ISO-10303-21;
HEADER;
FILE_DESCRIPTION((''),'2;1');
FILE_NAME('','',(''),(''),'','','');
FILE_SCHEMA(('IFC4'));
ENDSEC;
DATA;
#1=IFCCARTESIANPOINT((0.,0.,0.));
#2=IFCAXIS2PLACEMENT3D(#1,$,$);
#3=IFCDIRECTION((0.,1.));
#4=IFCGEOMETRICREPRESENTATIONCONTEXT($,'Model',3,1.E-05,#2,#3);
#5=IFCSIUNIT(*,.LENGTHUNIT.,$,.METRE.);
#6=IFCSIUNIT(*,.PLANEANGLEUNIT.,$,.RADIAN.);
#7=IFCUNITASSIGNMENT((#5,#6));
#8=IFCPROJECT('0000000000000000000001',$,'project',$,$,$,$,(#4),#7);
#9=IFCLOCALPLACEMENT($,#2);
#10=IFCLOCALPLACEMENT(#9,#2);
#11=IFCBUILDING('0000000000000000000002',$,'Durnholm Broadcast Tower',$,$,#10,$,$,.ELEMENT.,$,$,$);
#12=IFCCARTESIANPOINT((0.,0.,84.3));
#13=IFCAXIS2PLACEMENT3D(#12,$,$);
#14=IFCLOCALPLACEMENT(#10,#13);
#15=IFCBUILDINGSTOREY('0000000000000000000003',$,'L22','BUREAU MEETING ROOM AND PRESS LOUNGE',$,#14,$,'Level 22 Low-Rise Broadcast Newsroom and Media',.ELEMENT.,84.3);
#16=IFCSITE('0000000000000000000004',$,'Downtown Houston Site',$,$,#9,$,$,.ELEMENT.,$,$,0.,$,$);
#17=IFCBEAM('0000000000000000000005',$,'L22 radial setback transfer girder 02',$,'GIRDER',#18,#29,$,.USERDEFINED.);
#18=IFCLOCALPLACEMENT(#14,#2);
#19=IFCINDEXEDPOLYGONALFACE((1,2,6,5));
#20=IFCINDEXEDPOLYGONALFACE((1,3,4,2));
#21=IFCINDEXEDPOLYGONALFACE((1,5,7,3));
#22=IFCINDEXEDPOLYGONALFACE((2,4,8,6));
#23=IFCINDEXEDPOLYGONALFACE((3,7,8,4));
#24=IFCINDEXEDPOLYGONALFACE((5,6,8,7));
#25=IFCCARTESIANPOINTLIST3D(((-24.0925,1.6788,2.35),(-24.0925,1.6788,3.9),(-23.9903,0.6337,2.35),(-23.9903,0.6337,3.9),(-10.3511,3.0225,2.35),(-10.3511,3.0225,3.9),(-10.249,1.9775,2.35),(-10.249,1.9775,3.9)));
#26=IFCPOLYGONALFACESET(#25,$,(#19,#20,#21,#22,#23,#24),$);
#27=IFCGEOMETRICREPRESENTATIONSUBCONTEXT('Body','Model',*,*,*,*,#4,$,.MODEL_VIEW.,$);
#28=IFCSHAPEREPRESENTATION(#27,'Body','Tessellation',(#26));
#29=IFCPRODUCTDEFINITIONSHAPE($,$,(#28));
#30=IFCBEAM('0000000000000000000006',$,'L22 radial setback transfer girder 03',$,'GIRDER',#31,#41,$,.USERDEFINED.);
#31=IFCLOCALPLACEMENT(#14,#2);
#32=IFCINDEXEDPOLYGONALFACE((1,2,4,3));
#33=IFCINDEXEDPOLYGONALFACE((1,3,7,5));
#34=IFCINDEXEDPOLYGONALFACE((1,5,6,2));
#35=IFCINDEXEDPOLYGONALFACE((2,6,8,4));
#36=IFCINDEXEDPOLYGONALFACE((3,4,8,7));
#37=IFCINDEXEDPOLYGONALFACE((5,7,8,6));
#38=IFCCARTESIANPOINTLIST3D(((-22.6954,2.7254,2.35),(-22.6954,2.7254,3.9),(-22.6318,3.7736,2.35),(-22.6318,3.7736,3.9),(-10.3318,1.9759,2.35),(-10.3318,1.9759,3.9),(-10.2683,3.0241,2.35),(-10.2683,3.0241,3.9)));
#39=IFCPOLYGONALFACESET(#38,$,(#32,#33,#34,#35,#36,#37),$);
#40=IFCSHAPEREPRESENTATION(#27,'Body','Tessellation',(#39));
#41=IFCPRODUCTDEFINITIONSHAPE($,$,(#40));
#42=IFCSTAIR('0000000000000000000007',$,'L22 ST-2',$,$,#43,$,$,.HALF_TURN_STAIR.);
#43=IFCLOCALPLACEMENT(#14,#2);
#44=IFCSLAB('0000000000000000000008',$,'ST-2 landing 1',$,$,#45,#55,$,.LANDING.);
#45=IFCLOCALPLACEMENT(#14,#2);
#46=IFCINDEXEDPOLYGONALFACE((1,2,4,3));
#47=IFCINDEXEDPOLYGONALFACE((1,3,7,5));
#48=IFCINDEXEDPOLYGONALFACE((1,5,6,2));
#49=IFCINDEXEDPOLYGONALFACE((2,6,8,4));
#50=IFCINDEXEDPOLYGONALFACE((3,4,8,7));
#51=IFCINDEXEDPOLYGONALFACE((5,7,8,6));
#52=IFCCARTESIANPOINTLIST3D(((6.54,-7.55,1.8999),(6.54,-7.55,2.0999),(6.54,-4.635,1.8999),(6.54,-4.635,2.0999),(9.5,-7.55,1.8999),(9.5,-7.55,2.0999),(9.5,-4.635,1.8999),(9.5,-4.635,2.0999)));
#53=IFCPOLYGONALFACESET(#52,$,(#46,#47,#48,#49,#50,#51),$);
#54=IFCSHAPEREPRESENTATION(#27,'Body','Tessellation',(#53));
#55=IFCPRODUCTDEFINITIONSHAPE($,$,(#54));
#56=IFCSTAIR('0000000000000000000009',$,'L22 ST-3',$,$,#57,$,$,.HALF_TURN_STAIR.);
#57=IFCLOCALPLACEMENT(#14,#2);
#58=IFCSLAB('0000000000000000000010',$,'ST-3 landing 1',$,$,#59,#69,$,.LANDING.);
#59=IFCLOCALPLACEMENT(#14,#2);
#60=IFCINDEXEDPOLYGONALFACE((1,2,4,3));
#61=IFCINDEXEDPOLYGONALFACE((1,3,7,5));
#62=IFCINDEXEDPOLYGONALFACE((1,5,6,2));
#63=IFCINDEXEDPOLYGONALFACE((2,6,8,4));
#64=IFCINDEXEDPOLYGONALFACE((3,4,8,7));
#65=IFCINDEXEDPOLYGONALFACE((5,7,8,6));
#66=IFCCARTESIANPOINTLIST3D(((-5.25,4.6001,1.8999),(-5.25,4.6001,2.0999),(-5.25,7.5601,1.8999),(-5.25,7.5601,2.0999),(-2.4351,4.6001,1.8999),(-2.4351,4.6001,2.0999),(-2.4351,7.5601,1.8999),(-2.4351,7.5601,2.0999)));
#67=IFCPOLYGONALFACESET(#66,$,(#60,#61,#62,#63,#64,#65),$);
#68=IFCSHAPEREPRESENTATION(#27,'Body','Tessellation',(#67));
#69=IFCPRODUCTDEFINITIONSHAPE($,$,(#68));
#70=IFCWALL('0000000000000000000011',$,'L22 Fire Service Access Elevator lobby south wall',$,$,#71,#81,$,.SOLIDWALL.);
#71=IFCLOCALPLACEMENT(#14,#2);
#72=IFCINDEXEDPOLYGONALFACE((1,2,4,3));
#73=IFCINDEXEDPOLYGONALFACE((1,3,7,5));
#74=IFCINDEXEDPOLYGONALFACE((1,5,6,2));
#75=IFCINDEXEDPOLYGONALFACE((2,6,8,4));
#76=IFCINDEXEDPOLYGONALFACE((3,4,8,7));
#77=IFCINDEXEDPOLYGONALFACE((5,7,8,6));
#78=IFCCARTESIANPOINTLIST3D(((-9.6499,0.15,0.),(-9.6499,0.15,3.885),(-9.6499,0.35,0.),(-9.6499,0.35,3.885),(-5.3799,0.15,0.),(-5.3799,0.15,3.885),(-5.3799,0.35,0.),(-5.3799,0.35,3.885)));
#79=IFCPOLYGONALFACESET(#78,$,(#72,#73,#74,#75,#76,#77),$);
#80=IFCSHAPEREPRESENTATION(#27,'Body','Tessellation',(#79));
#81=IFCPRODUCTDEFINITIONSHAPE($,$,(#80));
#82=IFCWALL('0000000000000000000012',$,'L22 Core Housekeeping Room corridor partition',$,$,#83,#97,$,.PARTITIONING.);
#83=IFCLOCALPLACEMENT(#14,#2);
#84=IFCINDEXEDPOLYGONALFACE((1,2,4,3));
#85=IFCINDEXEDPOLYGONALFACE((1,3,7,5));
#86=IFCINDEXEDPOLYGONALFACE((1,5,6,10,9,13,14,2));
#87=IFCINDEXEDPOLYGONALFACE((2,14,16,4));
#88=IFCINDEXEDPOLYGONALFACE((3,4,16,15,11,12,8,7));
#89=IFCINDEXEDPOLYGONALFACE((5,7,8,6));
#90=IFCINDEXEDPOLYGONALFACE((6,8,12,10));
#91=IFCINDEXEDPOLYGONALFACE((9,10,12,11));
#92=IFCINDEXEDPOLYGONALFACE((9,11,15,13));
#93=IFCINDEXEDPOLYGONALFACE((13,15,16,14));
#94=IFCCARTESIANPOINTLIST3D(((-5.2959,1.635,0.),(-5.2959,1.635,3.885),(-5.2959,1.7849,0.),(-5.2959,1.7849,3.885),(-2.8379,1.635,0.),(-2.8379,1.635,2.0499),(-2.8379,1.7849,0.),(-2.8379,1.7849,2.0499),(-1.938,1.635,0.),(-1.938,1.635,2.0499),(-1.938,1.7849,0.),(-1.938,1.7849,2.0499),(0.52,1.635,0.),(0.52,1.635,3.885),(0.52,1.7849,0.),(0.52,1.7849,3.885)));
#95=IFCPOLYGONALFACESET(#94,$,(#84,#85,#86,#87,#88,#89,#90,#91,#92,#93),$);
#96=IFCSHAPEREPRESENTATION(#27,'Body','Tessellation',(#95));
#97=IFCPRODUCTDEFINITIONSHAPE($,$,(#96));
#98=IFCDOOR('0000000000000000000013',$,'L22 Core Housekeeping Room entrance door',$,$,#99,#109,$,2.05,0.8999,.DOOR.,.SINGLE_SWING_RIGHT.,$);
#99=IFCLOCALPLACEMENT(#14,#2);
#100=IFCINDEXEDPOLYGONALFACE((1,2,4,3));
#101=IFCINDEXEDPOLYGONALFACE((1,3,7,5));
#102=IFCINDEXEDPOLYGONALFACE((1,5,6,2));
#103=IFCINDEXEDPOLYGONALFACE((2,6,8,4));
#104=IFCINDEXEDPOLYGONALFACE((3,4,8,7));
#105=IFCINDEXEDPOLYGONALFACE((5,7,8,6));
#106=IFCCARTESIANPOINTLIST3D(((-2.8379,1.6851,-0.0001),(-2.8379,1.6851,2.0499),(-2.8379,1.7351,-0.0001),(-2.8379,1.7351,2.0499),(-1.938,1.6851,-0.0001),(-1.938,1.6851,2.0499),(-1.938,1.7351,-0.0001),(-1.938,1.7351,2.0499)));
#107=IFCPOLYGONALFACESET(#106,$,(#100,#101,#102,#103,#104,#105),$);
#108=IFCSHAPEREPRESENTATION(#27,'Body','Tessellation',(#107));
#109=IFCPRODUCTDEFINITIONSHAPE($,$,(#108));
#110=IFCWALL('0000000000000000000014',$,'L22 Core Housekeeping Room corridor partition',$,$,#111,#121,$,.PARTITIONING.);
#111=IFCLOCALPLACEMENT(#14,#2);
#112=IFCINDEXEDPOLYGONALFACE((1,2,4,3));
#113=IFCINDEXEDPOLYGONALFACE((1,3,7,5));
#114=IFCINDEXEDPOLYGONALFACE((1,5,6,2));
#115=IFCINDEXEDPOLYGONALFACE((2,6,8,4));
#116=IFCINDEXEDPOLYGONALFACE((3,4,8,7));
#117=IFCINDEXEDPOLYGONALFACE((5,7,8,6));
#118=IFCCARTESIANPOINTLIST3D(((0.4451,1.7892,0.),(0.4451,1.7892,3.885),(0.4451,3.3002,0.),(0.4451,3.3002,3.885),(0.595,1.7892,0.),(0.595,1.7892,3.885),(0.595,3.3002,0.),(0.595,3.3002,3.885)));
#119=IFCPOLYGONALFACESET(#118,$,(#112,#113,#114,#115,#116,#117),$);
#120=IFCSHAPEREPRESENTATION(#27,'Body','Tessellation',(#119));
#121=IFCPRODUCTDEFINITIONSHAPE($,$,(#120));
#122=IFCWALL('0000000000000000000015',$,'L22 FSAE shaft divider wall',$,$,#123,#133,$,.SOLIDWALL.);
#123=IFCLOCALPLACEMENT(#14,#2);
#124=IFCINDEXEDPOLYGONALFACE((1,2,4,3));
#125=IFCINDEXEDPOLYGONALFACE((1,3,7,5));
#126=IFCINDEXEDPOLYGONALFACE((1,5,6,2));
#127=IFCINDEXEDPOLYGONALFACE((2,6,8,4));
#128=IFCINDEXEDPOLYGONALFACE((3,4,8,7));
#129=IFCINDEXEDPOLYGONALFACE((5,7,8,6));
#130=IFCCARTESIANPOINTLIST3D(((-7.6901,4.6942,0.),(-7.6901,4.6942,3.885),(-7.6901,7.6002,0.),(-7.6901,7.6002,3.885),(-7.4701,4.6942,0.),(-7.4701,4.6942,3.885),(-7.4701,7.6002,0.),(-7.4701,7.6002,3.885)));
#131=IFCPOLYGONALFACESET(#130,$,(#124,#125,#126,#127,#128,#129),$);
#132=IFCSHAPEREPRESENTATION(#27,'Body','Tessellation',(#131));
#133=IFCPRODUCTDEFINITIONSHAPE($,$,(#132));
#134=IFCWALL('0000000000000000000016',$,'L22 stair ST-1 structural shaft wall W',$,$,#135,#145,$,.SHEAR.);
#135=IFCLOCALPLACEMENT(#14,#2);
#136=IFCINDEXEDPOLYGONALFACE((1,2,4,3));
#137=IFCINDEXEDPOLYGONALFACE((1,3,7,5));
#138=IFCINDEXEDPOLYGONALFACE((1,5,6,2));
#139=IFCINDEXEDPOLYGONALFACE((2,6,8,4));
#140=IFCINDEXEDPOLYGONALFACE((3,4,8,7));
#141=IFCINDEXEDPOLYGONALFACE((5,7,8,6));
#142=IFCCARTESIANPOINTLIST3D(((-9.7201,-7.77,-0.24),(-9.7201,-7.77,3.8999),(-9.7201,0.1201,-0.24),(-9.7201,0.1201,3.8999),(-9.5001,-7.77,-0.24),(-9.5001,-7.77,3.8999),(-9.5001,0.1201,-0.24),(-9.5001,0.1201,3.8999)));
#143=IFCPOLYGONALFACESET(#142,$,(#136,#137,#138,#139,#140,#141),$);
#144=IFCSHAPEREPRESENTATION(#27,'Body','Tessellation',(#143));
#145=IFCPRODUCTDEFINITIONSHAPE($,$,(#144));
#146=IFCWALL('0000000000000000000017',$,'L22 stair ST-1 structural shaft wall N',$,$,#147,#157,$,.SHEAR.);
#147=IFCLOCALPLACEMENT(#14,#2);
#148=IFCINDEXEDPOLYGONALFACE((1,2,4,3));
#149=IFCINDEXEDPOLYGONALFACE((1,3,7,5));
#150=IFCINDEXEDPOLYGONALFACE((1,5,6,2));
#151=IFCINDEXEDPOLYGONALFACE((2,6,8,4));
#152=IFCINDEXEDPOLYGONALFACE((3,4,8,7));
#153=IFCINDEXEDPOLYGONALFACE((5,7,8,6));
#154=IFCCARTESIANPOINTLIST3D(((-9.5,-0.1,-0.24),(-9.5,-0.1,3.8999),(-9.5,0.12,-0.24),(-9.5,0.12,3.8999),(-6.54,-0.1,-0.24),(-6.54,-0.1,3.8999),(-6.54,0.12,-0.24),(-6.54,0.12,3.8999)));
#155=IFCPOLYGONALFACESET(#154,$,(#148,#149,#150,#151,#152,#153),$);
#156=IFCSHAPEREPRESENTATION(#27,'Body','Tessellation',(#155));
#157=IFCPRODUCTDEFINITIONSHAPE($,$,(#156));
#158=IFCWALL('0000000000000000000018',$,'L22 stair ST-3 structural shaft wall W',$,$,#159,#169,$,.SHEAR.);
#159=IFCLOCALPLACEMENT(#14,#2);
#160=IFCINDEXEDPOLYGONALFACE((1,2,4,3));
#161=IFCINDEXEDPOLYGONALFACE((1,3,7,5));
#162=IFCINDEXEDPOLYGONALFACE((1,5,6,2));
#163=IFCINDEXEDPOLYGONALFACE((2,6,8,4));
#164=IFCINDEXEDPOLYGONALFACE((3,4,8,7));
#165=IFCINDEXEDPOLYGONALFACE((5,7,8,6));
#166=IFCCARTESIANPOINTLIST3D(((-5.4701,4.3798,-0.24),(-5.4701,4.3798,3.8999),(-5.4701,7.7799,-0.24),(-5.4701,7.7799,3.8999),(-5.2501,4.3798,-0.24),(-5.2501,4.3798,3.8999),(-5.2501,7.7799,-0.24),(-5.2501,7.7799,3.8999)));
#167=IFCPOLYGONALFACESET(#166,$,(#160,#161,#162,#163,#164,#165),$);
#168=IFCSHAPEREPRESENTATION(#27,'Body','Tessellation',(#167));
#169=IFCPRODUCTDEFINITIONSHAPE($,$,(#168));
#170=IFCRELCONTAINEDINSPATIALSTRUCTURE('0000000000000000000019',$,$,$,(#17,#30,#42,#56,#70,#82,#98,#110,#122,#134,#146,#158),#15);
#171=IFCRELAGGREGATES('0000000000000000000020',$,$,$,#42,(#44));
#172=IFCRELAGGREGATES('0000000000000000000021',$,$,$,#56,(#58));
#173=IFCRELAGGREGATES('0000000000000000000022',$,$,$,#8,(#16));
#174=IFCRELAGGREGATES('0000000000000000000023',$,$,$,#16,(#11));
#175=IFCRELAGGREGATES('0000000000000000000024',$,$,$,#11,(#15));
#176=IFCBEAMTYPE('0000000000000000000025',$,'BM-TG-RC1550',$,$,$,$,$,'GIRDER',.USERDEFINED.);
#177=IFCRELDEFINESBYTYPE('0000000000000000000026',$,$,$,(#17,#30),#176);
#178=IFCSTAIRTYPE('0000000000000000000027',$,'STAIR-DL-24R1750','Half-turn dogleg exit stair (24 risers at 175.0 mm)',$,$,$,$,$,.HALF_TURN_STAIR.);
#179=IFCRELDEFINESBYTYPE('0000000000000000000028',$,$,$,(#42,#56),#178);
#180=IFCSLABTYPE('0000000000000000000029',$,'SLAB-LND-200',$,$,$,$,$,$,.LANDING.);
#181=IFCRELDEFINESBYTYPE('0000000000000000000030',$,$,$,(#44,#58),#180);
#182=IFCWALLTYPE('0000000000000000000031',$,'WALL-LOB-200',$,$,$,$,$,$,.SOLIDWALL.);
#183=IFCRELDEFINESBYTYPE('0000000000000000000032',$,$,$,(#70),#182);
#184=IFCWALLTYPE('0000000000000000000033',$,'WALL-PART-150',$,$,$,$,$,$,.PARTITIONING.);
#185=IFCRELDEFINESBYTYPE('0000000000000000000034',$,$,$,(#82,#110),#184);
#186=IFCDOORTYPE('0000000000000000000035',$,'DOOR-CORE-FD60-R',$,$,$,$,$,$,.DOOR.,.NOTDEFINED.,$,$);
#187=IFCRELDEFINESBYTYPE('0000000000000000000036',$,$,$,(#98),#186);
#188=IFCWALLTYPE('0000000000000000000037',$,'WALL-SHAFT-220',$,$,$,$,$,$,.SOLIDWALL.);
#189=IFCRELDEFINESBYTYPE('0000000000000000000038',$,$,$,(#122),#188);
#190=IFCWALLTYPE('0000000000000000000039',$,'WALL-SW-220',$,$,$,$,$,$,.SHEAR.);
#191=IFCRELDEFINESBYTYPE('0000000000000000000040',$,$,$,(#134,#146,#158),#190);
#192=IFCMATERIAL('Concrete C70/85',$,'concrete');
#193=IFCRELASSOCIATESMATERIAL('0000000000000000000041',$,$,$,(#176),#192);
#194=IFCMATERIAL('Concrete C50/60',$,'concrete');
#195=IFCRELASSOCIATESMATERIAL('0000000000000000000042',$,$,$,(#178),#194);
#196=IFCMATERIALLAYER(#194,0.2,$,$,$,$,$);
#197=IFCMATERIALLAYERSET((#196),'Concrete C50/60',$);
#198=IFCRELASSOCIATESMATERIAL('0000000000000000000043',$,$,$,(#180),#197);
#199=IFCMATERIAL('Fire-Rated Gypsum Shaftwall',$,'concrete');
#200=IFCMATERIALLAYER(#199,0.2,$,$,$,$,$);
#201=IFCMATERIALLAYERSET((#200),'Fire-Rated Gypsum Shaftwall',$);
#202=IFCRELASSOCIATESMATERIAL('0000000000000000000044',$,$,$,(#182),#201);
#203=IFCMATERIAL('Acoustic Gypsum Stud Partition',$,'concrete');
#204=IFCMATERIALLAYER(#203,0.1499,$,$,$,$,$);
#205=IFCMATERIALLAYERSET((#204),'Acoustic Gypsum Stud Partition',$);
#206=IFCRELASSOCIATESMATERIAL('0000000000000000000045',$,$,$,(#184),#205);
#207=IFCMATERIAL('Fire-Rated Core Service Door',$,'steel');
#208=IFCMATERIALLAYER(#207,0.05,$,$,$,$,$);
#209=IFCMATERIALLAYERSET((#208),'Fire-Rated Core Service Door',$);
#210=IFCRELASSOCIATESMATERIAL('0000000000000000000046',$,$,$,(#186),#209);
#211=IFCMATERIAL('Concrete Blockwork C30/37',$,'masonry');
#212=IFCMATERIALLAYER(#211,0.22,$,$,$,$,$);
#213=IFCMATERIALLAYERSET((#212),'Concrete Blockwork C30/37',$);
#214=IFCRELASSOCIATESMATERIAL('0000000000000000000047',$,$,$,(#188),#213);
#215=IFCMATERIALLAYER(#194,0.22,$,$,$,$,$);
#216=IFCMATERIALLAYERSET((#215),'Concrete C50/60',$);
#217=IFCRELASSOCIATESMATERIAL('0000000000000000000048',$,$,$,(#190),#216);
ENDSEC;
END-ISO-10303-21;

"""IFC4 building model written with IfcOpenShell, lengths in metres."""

from ifc_helpers import new_model, si_unit, direction, frame, frame_2d, origin, origin_2d, place, context, subcontext, project, spatial, polyline, rectangle, outline, extrude, source, transform, mapped, material, layer, layer_set, material_profile, profile_set, type_object, type_shapes, element, fill, aggregate, save


model = new_model("IFC4")

# Units and contexts
model_context = context("Model", 3, precision=1e-05, world=origin(), true_north=direction((0.0, 1.0)))
body_context = subcontext(model_context, "Body", "Model", "MODEL_VIEW")
ifc_project = project(units=[si_unit("LENGTHUNIT", "METRE"), si_unit("PLANEANGLEUNIT", "RADIAN")], contexts=[model_context])

# Site, building, storey
site_placement = place(None, origin())
site = spatial("IfcSite", under=ifc_project, at=site_placement, Name="Downtown Houston Site", CompositionType="ELEMENT", RefElevation=0.0)
building_placement = place(site_placement, origin())
building = spatial("IfcBuilding", under=site, at=building_placement, Name="Durnholm Broadcast Tower", CompositionType="ELEMENT")
storey_placement = place(building_placement, frame((0.0, 0.0, 84.3)))
storey = spatial("IfcBuildingStorey", under=building, at=storey_placement, Name="L22", Description="BUREAU MEETING ROOM AND PRESS LOUNGE", LongName="Level 22 Low-Rise Broadcast Newsroom and Media", CompositionType="ELEMENT", Elevation=84.3)

# Beams
ifc_material_1 = material(Name="Concrete C70/85", Category="concrete")
ifc_material_profile = material_profile(ifc_material_1, rectangle(XDim=1.05, YDim=1.55, at=origin_2d()), Name="RC1050X1550")
ifc_profile_set = profile_set([ifc_material_profile], Name="Concrete C70/85")
beam_type = type_object("IfcBeamType", Name="BM-TG-RC1550", ElementType="GIRDER", PredefinedType="USERDEFINED", material=ifc_profile_set)
shared_shape_1 = source(origin(), body_context, "Body", "SweptSolid", [
    extrude(rectangle(XDim=1.05, YDim=1.55, at=origin_2d()), origin(), (0.0, 0.0, 1.0), 13.8069),
])
beam_1_placement = place(storey_placement, frame((-10.3, 2.5, 3.125), z_axis=(-0.995253, -0.097324, 0.0), x_axis=(0.097324, -0.995253, 0.0)))
element("IfcBeam", 1, at=beam_1_placement, inside=storey, type_object=beam_type, Name="L22 radial setback transfer girder 02", ObjectType="GIRDER", PredefinedType="USERDEFINED", context=body_context, shape_type="MappedRepresentation", body=[
    mapped(shared_shape_1, transform((0.0, 0.0, 0.0), x_axis=(1.0, 0.0, 0.0), y_axis=(0.0, 1.0, 0.0), z_axis=(0.0, 0.0, 1.0), scale=1.0)),
])
shared_shape_2 = source(origin(), body_context, "Body", "SweptSolid", [
    extrude(rectangle(XDim=1.05, YDim=1.55, at=origin_2d()), origin(), (0.0, 0.0, 1.0), 12.3862),
])
type_shapes(beam_type, [shared_shape_1, shared_shape_2])
beam_2_placement = place(storey_placement, frame((-10.3, 2.5, 3.125), z_axis=(-0.998167, 0.060512, 0.0), x_axis=(-0.060512, -0.998167, 0.0)))
element("IfcBeam", 2, at=beam_2_placement, inside=storey, type_object=beam_type, Name="L22 radial setback transfer girder 03", ObjectType="GIRDER", PredefinedType="USERDEFINED", context=body_context, shape_type="MappedRepresentation", body=[
    mapped(shared_shape_2, transform((0.0, 0.0, 0.0), x_axis=(1.0, 0.0, 0.0), y_axis=(0.0, 1.0, 0.0), z_axis=(0.0, 0.0, 1.0), scale=1.0)),
])

# Stairs, slabs
ifc_material_2 = material(Name="Concrete C50/60", Category="concrete")
stair_type = type_object("IfcStairType", Name="STAIR-DL-24R1750", Description="Half-turn dogleg exit stair (24 risers at 175.0 mm)", PredefinedType="HALF_TURN_STAIR", material=ifc_material_2)
stair_1_placement = place(storey_placement, origin())
stair_1 = element("IfcStair", 3, at=stair_1_placement, inside=storey, type_object=stair_type, Name="L22 ST-2", PredefinedType="HALF_TURN_STAIR")
ifc_layer_1 = layer(ifc_material_2, 0.2)
ifc_layer_set_1 = layer_set([ifc_layer_1], Name="Concrete C50/60")
slab_type = type_object("IfcSlabType", Name="SLAB-LND-200", PredefinedType="LANDING", material=ifc_layer_set_1)
slab_1_placement = place(storey_placement, frame((0.0, 0.0, 1.8999)))
slab_1 = element("IfcSlab", 4, at=slab_1_placement, type_object=slab_type, Name="ST-2 landing 1", PredefinedType="LANDING", context=body_context, shape_type="SweptSolid", body=[
    extrude(outline(polyline([(6.54, -4.635), (6.54, -7.55), (9.5, -7.55), (9.5, -4.635), (6.54, -4.635)])), origin(), (0.0, 0.0, 1.0), 0.2),
])
aggregate(stair_1, [slab_1])
stair_2_placement = place(storey_placement, origin())
stair_2 = element("IfcStair", 5, at=stair_2_placement, inside=storey, type_object=stair_type, Name="L22 ST-3", PredefinedType="HALF_TURN_STAIR")
slab_2_placement = place(storey_placement, frame((0.0, 0.0, 1.8999)))
slab_2 = element("IfcSlab", 6, at=slab_2_placement, type_object=slab_type, Name="ST-3 landing 1", PredefinedType="LANDING", context=body_context, shape_type="SweptSolid", body=[
    extrude(outline(polyline([(-2.4351, 7.5601), (-5.25, 7.5601), (-5.25, 4.6001), (-2.4351, 4.6001), (-2.4351, 7.5601)])), origin(), (0.0, 0.0, 1.0), 0.2),
])

# Wall
ifc_material_3 = material(Name="Fire-Rated Gypsum Shaftwall", Category="concrete")
ifc_layer_2 = layer(ifc_material_3, 0.2)
ifc_layer_set_2 = layer_set([ifc_layer_2], Name="Fire-Rated Gypsum Shaftwall")
wall_type_1 = type_object("IfcWallType", Name="WALL-LOB-200", PredefinedType="SOLIDWALL", material=ifc_layer_set_2)
wall_1_placement = place(storey_placement, frame((-9.6499, 0.25, 0.0), z_axis=(0.0, 0.0, 1.0), x_axis=(1.0, 0.0, 0.0)))
element("IfcWall", 7, at=wall_1_placement, inside=storey, type_object=wall_type_1, Name="L22 Fire Service Access Elevator lobby south wall", PredefinedType="SOLIDWALL", context=body_context, shape_type="SweptSolid", body=[
    extrude(rectangle(XDim=4.27, YDim=0.2, at=frame_2d((2.135, 0.0))), origin(), (0.0, 0.0, 1.0), 3.885),
])

# Wall, opening, door
ifc_material_4 = material(Name="Acoustic Gypsum Stud Partition", Category="concrete")
ifc_layer_3 = layer(ifc_material_4, 0.1499)
ifc_layer_set_3 = layer_set([ifc_layer_3], Name="Acoustic Gypsum Stud Partition")
wall_type_2 = type_object("IfcWallType", Name="WALL-PART-150", PredefinedType="PARTITIONING", material=ifc_layer_set_3)
wall_2_placement = place(storey_placement, frame((0.52, 1.71, 0.0), z_axis=(0.0, 0.0, 1.0), x_axis=(-1.0, 0.0, 0.0)))
wall_2 = element("IfcWall", 8, at=wall_2_placement, inside=storey, type_object=wall_type_2, Name="L22 Core Housekeeping Room corridor partition", PredefinedType="PARTITIONING", context=body_context, shape_type="SweptSolid", body=[
    extrude(rectangle(XDim=5.8159, YDim=0.1499, at=frame_2d((2.908, 0.0))), origin(), (0.0, 0.0, 1.0), 3.885),
])
opening_1_placement = place(wall_2_placement, frame((2.458, 0.0, 0.0)))
opening_1 = element("IfcOpeningElement", 9, at=opening_1_placement, cuts=wall_2, PredefinedType="OPENING", context=body_context, shape_type="SweptSolid", body=[
    extrude(rectangle(XDim=0.8999, YDim=2.05, at=frame_2d((0.45, 1.0249))), frame((0.0, 0.085, 0.0), z_axis=(0.0, -1.0, 0.0), x_axis=(1.0, 0.0, 0.0)), (0.0, 0.0, 1.0), 0.1699),
])
ifc_material_5 = material(Name="Fire-Rated Core Service Door", Category="steel")
ifc_layer_4 = layer(ifc_material_5, 0.05)
ifc_layer_set_4 = layer_set([ifc_layer_4], Name="Fire-Rated Core Service Door")
door_type_1 = type_object("IfcDoorType", Name="DOOR-CORE-FD60-R", OperationType="NOTDEFINED", PredefinedType="DOOR", material=ifc_layer_set_4)
shared_shape_3 = source(origin(), body_context, "Body", "SweptSolid", [
    extrude(rectangle(XDim=0.8999, YDim=2.05, at=frame_2d((0.45, 1.0249))), frame((0.0, 0.0249, 0.0), z_axis=(0.0, -1.0, 0.0), x_axis=(1.0, 0.0, 0.0)), (0.0, 0.0, 1.0), 0.05),
])
type_shapes(door_type_1, [shared_shape_3])
door_1_placement = place(opening_1_placement, origin())
door_1 = element("IfcDoor", 10, at=door_1_placement, inside=storey, type_object=door_type_1, Name="L22 Core Housekeeping Room entrance door", OperationType="SINGLE_SWING_RIGHT", OverallHeight=2.05, OverallWidth=0.8999, PredefinedType="DOOR", context=body_context, shape_type="MappedRepresentation", body=[
    mapped(shared_shape_3, transform((0.0, 0.0, 0.0), x_axis=(1.0, 0.0, 0.0), y_axis=(0.0, 1.0, 0.0), z_axis=(0.0, 0.0, 1.0), scale=1.0)),
])
fill(opening_1, door_1)

# Wall
wall_3_placement = place(storey_placement, frame((0.52, 3.3, 0.0), z_axis=(0.0, 0.0, 1.0), x_axis=(0.0, -1.0, 0.0)))
element("IfcWall", 11, at=wall_3_placement, inside=storey, type_object=wall_type_2, Name="L22 Core Housekeeping Room corridor partition", PredefinedType="PARTITIONING", context=body_context, shape_type="SweptSolid", body=[
    extrude(rectangle(XDim=1.511, YDim=0.1499, at=frame_2d((0.7554, 0.0))), origin(), (0.0, 0.0, 1.0), 3.885),
])

# Shared definitions
ifc_material_6 = material(Name="Concrete Blockwork C30/37", Category="masonry")
ifc_layer_5 = layer(ifc_material_6, 0.22)
ifc_layer_set_5 = layer_set([ifc_layer_5], Name="Concrete Blockwork C30/37")
wall_type_3 = type_object("IfcWallType", Name="WALL-SHAFT-220", PredefinedType="SOLIDWALL", material=ifc_layer_set_5)

# Walls
wall_4_placement = place(storey_placement, frame((-7.5801, 4.6941, 0.0), z_axis=(0.0, 0.0, 1.0), x_axis=(0.0, 1.0, 0.0)))
element("IfcWall", 12, at=wall_4_placement, inside=storey, type_object=wall_type_3, Name="L22 FSAE shaft divider wall", PredefinedType="SOLIDWALL", context=body_context, shape_type="SweptSolid", body=[
    extrude(rectangle(XDim=2.906, YDim=0.22, at=frame_2d((1.4531, 0.0))), origin(), (0.0, 0.0, 1.0), 3.885),
])
ifc_layer_6 = layer(ifc_material_2, 0.22)
ifc_layer_set_6 = layer_set([ifc_layer_6], Name="Concrete C50/60")
wall_type_4 = type_object("IfcWallType", Name="WALL-SW-220", PredefinedType="SHEAR", material=ifc_layer_set_6)
wall_5_placement = place(storey_placement, frame((-9.6101, 0.1201, -0.24), z_axis=(0.0, 0.0, 1.0), x_axis=(0.0, -1.0, 0.0)))
element("IfcWall", 13, at=wall_5_placement, inside=storey, type_object=wall_type_4, Name="L22 stair ST-1 structural shaft wall W", PredefinedType="SHEAR", context=body_context, shape_type="SweptSolid", body=[
    extrude(rectangle(XDim=7.8901, YDim=0.22, at=frame_2d((3.9451, 0.0))), origin(), (0.0, 0.0, 1.0), 4.1399),
])
wall_6_placement = place(storey_placement, frame((-6.54, 0.01, -0.24), z_axis=(0.0, 0.0, 1.0), x_axis=(-1.0, 0.0, 0.0)))
element("IfcWall", 14, at=wall_6_placement, inside=storey, type_object=wall_type_4, Name="L22 stair ST-1 structural shaft wall N", PredefinedType="SHEAR", context=body_context, shape_type="SweptSolid", body=[
    extrude(rectangle(XDim=2.96, YDim=0.22, at=frame_2d((1.48, 0.0))), origin(), (0.0, 0.0, 1.0), 4.1399),
])
wall_7_placement = place(storey_placement, frame((-5.3601, 7.78, -0.24), z_axis=(0.0, 0.0, 1.0), x_axis=(0.0, -1.0, 0.0)))
element("IfcWall", 15, at=wall_7_placement, inside=storey, type_object=wall_type_4, Name="L22 stair ST-3 structural shaft wall W", PredefinedType="SHEAR", context=body_context, shape_type="SweptSolid", body=[
    extrude(rectangle(XDim=3.4001, YDim=0.22, at=frame_2d((1.7002, 0.0))), origin(), (0.0, 0.0, 1.0), 4.1399),
])

aggregate(stair_2, [slab_2])

save(model, "model.ifc")
